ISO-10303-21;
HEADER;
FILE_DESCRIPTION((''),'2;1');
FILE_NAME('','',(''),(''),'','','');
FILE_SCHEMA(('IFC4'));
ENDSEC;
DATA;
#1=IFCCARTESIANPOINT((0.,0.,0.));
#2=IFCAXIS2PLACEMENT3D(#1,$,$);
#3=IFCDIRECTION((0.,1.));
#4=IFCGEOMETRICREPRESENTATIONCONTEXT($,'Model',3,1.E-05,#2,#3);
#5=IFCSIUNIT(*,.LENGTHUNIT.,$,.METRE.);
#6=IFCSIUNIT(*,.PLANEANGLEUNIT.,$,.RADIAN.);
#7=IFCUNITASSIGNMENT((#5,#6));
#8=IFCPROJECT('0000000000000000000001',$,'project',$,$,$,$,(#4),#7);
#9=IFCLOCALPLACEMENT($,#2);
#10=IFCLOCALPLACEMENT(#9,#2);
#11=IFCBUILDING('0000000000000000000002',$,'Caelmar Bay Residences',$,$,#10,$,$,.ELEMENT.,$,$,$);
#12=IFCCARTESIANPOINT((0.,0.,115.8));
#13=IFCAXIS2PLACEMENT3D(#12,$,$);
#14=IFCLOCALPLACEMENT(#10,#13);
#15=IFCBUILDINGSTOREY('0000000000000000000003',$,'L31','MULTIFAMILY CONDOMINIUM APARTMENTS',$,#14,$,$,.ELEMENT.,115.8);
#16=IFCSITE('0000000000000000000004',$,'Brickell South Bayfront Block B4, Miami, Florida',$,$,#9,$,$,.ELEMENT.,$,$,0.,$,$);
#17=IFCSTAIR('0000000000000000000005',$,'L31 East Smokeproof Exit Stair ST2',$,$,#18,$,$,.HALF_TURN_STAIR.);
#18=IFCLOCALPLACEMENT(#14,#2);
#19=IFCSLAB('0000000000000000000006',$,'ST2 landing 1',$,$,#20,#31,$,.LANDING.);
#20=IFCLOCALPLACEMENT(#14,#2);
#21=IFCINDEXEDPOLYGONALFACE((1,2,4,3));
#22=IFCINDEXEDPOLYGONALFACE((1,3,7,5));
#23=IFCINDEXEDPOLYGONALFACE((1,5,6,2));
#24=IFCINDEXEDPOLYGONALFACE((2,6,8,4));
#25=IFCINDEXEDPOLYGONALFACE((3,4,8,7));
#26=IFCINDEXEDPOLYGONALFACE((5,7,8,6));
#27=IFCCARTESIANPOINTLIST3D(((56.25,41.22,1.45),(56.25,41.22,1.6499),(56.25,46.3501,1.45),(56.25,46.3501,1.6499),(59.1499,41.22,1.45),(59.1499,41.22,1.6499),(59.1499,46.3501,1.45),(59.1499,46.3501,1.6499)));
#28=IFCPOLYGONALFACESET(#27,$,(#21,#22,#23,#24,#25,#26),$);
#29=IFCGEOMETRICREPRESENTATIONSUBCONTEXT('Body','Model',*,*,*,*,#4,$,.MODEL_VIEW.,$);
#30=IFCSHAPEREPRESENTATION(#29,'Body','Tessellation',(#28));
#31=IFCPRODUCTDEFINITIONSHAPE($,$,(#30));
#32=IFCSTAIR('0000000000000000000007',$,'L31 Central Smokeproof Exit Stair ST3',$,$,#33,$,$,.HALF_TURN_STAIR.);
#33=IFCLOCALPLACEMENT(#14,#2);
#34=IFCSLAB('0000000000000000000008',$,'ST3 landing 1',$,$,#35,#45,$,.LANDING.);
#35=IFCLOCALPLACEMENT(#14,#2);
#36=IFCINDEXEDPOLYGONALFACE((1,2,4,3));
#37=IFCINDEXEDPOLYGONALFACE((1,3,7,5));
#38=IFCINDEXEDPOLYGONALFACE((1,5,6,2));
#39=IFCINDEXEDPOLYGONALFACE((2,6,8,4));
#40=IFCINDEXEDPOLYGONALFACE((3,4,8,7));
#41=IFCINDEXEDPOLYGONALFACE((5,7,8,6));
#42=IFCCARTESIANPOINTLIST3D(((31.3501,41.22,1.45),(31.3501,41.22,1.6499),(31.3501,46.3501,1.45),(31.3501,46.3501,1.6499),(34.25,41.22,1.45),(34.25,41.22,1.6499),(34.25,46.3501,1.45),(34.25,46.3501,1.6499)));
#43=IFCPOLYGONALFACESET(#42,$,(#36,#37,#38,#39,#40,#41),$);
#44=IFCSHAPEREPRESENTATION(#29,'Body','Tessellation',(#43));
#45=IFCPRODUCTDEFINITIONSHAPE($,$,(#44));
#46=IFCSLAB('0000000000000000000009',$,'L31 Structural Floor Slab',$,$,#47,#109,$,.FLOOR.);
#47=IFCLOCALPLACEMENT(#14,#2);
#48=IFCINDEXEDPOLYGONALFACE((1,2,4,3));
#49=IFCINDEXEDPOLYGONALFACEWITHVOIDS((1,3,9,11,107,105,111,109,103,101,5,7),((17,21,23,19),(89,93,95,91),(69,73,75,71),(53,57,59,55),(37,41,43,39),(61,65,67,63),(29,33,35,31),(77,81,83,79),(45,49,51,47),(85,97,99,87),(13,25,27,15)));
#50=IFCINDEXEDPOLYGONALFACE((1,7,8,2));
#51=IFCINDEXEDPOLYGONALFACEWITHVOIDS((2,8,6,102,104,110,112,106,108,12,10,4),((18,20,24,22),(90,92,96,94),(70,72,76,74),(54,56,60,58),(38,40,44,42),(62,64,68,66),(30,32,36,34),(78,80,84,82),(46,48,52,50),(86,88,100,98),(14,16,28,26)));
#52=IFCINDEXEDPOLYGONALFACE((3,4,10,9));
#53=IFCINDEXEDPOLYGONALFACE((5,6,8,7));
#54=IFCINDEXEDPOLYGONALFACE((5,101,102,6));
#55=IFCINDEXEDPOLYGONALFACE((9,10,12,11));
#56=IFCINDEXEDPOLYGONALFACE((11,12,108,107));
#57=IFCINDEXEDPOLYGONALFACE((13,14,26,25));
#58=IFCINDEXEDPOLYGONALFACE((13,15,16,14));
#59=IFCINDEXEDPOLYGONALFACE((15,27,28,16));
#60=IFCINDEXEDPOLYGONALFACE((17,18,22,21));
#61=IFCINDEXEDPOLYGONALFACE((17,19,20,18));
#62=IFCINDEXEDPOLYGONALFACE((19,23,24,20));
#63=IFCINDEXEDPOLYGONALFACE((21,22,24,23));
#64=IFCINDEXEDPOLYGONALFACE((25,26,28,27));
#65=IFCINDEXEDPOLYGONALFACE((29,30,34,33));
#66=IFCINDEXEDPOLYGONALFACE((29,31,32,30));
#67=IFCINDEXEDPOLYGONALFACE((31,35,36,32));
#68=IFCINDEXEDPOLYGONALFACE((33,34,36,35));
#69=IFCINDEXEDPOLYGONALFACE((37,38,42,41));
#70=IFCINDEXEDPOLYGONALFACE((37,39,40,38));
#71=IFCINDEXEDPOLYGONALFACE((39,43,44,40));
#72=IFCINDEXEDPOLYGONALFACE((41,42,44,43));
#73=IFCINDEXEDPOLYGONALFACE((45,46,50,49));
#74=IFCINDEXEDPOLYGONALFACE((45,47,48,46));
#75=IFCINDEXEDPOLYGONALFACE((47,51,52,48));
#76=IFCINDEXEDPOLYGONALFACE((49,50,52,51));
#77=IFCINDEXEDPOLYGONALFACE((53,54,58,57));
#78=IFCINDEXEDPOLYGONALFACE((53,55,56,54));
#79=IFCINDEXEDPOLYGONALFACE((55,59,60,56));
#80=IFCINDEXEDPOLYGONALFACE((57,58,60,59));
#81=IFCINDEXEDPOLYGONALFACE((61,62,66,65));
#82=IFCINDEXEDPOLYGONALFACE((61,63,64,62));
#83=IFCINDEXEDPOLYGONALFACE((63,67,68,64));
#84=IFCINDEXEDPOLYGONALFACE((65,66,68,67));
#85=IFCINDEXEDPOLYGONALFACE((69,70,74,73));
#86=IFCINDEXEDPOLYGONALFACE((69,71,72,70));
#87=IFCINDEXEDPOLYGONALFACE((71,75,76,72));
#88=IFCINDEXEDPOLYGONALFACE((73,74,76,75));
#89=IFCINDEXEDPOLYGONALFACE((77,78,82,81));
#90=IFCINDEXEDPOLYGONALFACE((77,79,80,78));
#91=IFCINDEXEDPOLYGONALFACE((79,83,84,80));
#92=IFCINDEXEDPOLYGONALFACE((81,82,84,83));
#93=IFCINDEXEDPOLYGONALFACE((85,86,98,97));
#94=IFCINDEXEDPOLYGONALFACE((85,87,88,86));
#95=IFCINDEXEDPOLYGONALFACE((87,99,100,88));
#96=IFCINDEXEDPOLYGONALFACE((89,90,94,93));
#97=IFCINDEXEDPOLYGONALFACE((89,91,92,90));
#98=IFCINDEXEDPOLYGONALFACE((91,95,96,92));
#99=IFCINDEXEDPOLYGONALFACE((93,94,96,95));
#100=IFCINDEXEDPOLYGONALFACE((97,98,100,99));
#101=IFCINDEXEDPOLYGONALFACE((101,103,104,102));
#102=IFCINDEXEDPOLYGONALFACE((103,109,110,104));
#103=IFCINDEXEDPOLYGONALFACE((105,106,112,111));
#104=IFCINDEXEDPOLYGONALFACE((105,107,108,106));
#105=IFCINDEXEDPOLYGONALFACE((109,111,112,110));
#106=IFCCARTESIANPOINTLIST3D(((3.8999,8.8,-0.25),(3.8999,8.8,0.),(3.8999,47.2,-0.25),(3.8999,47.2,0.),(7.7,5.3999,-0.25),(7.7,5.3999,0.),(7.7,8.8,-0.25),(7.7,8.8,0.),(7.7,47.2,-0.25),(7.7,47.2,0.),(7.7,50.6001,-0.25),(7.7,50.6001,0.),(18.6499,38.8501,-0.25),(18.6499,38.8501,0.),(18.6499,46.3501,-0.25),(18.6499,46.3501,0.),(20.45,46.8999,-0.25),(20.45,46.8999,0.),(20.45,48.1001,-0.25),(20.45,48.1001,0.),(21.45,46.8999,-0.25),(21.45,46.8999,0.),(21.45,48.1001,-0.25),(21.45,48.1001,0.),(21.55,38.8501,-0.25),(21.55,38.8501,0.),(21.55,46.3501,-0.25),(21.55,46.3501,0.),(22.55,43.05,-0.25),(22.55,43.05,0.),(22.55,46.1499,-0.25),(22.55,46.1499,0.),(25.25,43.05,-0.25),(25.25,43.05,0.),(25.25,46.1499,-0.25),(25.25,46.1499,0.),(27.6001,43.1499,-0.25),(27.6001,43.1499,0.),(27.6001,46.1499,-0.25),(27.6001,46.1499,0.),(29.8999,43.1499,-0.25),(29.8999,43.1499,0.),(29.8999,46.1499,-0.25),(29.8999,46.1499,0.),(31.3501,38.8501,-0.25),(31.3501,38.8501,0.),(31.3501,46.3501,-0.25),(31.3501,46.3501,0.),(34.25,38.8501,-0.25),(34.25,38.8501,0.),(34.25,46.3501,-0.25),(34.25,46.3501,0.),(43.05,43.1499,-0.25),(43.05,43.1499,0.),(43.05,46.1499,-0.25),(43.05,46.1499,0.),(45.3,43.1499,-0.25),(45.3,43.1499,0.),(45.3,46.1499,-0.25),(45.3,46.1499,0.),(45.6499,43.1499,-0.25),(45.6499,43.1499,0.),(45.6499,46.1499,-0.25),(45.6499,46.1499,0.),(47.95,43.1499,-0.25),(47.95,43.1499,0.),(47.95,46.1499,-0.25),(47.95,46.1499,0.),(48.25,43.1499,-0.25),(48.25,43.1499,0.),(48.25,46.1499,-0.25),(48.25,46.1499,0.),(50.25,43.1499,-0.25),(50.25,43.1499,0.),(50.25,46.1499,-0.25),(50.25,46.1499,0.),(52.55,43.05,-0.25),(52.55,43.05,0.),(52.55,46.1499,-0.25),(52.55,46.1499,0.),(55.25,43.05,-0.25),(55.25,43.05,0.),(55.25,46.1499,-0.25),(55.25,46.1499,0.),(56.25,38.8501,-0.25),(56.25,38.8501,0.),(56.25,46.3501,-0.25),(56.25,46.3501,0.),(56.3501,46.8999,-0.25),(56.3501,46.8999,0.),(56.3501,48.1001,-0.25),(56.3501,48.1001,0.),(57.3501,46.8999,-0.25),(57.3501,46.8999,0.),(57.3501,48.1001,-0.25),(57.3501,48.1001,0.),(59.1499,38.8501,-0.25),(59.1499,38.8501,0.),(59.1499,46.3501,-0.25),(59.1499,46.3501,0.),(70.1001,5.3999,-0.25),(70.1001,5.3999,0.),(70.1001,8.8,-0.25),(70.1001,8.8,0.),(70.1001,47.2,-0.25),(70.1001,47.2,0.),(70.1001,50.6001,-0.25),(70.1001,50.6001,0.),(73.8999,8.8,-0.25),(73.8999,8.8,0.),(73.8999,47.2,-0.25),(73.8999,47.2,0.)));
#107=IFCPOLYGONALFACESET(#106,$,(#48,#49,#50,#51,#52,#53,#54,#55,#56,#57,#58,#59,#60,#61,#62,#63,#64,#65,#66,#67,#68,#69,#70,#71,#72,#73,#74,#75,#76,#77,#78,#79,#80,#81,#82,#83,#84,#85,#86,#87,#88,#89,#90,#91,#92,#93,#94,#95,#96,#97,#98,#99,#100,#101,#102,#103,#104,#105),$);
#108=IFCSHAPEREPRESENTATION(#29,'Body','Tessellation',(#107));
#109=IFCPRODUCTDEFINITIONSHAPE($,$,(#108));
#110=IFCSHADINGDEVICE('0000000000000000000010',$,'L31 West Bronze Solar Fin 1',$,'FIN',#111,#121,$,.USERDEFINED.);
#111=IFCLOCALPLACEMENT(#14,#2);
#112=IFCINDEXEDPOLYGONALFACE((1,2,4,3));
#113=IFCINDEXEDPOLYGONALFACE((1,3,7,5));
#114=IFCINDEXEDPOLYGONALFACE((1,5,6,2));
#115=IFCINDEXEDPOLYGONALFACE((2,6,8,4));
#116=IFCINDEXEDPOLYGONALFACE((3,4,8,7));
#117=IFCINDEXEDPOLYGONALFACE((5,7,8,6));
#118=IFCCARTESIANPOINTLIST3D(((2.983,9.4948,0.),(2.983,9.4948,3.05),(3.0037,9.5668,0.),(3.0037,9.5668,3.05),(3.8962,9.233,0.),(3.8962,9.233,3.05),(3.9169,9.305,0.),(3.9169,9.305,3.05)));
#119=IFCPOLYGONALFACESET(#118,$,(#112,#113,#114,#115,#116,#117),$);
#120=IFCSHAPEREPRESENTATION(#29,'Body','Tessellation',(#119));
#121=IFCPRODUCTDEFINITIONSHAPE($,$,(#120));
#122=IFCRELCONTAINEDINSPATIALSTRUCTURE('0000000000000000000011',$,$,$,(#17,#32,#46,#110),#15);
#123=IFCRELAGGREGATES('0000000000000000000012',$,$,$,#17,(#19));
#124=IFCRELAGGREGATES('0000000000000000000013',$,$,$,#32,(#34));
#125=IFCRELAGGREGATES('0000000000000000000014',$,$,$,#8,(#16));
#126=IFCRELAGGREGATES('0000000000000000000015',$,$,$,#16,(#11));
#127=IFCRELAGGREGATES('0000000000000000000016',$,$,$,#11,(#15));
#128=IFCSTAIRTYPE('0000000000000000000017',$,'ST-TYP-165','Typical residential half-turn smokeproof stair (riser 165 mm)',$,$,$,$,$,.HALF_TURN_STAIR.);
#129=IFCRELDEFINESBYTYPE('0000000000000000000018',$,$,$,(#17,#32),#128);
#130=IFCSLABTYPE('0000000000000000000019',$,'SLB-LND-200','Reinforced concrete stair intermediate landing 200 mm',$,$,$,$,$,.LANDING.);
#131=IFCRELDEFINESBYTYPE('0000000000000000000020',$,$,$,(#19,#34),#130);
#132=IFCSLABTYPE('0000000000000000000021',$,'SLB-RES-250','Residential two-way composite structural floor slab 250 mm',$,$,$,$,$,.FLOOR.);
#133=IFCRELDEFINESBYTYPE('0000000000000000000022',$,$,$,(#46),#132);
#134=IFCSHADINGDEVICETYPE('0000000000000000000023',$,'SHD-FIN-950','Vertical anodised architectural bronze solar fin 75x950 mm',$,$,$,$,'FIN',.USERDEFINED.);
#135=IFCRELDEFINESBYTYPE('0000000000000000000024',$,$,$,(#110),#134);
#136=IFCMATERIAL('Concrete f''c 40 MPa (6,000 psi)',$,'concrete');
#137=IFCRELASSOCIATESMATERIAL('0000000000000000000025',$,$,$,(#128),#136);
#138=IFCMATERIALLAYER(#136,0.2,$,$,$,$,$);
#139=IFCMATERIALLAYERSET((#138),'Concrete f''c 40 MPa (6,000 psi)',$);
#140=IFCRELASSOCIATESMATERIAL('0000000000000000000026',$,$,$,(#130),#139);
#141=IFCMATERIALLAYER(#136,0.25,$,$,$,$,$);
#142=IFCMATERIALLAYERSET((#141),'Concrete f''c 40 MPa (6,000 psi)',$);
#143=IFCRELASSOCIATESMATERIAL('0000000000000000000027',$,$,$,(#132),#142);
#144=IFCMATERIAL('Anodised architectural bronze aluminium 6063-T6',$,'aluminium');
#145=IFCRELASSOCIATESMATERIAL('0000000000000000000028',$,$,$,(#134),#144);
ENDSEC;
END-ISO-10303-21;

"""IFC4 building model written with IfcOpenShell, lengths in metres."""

from ifc_helpers import new_model, si_unit, direction, frame, origin, origin_2d, place, context, subcontext, project, spatial, polyline, rectangle, outline, extrude, material, layer, layer_set, material_profile, profile_set, type_object, element, aggregate, save


model = new_model("IFC4")

# Units and contexts
model_context = context("Model", 3, precision=1e-05, world=origin(), true_north=direction((0.0, 1.0)))
body_context = subcontext(model_context, "Body", "Model", "MODEL_VIEW")
ifc_project = project(units=[si_unit("LENGTHUNIT", "METRE"), si_unit("PLANEANGLEUNIT", "RADIAN")], contexts=[model_context])

# Site, building, storey
site_placement = place(None, origin())
site = spatial("IfcSite", under=ifc_project, at=site_placement, Name="Brickell South Bayfront Block B4, Miami, Florida", CompositionType="ELEMENT", RefElevation=0.0)
building_placement = place(site_placement, origin())
building = spatial("IfcBuilding", under=site, at=building_placement, Name="Caelmar Bay Residences", CompositionType="ELEMENT")
storey_placement = place(building_placement, frame((0.0, 0.0, 115.8)))
storey = spatial("IfcBuildingStorey", under=building, at=storey_placement, Name="L31", Description="MULTIFAMILY CONDOMINIUM APARTMENTS", CompositionType="ELEMENT", Elevation=115.8)

# Shared definitions
ifc_material_1 = material(Name="Concrete f'c 40 MPa (6,000 psi)", Category="concrete")

# Stairs, slabs
stair_type = type_object("IfcStairType", Name="ST-TYP-165", Description="Typical residential half-turn smokeproof stair (riser 165 mm)", PredefinedType="HALF_TURN_STAIR", material=ifc_material_1)
ifc_layer_1 = layer(ifc_material_1, 0.2)
ifc_layer_set_1 = layer_set([ifc_layer_1], Name="Concrete f'c 40 MPa (6,000 psi)")
slab_type_1 = type_object("IfcSlabType", Name="SLB-LND-200", Description="Reinforced concrete stair intermediate landing 200 mm", PredefinedType="LANDING", material=ifc_layer_set_1)
stair_1_placement = place(storey_placement, origin())
stair_1 = element("IfcStair", 1, at=stair_1_placement, inside=storey, type_object=stair_type, Name="L31 East Smokeproof Exit Stair ST2", PredefinedType="HALF_TURN_STAIR")
slab_1_placement = place(storey_placement, frame((0.0, 0.0, 1.45)))
slab_1 = element("IfcSlab", 2, at=slab_1_placement, type_object=slab_type_1, Name="ST2 landing 1", PredefinedType="LANDING", context=body_context, shape_type="SweptSolid", body=[
    extrude(outline(polyline([(59.1499, 41.22), (59.1499, 46.3501), (56.25, 46.3501), (56.25, 41.22), (59.1499, 41.22)])), origin(), (0.0, 0.0, 1.0), 0.2),
])
aggregate(stair_1, [slab_1])
stair_2_placement = place(storey_placement, origin())
stair_2 = element("IfcStair", 3, at=stair_2_placement, inside=storey, type_object=stair_type, Name="L31 Central Smokeproof Exit Stair ST3", PredefinedType="HALF_TURN_STAIR")
slab_2_placement = place(storey_placement, frame((0.0, 0.0, 1.45)))
slab_2 = element("IfcSlab", 4, at=slab_2_placement, type_object=slab_type_1, Name="ST3 landing 1", PredefinedType="LANDING", context=body_context, shape_type="SweptSolid", body=[
    extrude(outline(polyline([(34.25, 41.22), (34.25, 46.3501), (31.3501, 46.3501), (31.3501, 41.22), (34.25, 41.22)])), origin(), (0.0, 0.0, 1.0), 0.2),
])
aggregate(stair_2, [slab_2])

# Slab
ifc_layer_2 = layer(ifc_material_1, 0.25)
ifc_layer_set_2 = layer_set([ifc_layer_2], Name="Concrete f'c 40 MPa (6,000 psi)")
slab_type_2 = type_object("IfcSlabType", Name="SLB-RES-250", Description="Residential two-way composite structural floor slab 250 mm", PredefinedType="FLOOR", material=ifc_layer_set_2)
slab_3_placement = place(storey_placement, frame((0.0, 0.0, -0.25)))
element("IfcSlab", 5, at=slab_3_placement, inside=storey, type_object=slab_type_2, Name="L31 Structural Floor Slab", PredefinedType="FLOOR", context=body_context, shape_type="SweptSolid", body=[
    extrude(outline(polyline([(7.7, 5.3999), (70.1001, 5.3999), (70.1001, 8.8), (73.8999, 8.8), (73.8999, 47.2), (70.1001, 47.2), (70.1001, 50.6001), (7.7, 50.6001), (7.7, 47.2), (3.8999, 47.2), (3.8999, 8.8), (7.7, 8.8), (7.7, 5.3999)]), holes=[polyline([(18.6499, 38.8501), (21.55, 38.8501), (21.55, 46.3501), (18.6499, 46.3501), (18.6499, 38.8501)]), polyline([(56.25, 38.8501), (59.1499, 38.8501), (59.1499, 46.3501), (56.25, 46.3501), (56.25, 38.8501)]), polyline([(31.3501, 38.8501), (34.25, 38.8501), (34.25, 46.3501), (31.3501, 46.3501), (31.3501, 38.8501)]), polyline([(22.55, 43.05), (25.25, 43.05), (25.25, 46.1499), (22.55, 46.1499), (22.55, 43.05)]), polyline([(52.55, 43.05), (55.25, 43.05), (55.25, 46.1499), (52.55, 46.1499), (52.55, 43.05)]), polyline([(43.05, 43.1499), (45.3, 43.1499), (45.3, 46.1499), (43.05, 46.1499), (43.05, 43.1499)]), polyline([(45.6499, 43.1499), (47.95, 43.1499), (47.95, 46.1499), (45.6499, 46.1499), (45.6499, 43.1499)]), polyline([(48.25, 43.1499), (50.25, 43.1499), (50.25, 46.1499), (48.25, 46.1499), (48.25, 43.1499)]), polyline([(27.6001, 43.1499), (29.8999, 43.1499), (29.8999, 46.1499), (27.6001, 46.1499), (27.6001, 43.1499)]), polyline([(20.45, 46.8999), (21.45, 46.8999), (21.45, 48.1001), (20.45, 48.1001), (20.45, 46.8999)]), polyline([(56.3501, 46.8999), (57.3501, 46.8999), (57.3501, 48.1001), (56.3501, 48.1001), (56.3501, 46.8999)])]), origin(), (0.0, 0.0, 1.0), 0.25),
])

# Shading device
ifc_material_2 = material(Name="Anodised architectural bronze aluminium 6063-T6", Category="aluminium")
ifc_material_profile_1 = material_profile(ifc_material_2, rectangle(XDim=0.075, YDim=0.95, at=origin_2d()), Name="BRONZE-FIN-75X950")
ifc_profile_set_1 = profile_set([ifc_material_profile_1], Name="Anodised architectural bronze aluminium 6063-T6")
shading_device_type = type_object("IfcShadingDeviceType", Name="SHD-FIN-950", Description="Vertical anodised architectural bronze solar fin 75x950 mm", ElementType="FIN", PredefinedType="USERDEFINED", material=ifc_profile_set_1)
shading_device_placement = place(storey_placement, frame((3.45, 9.3999, 0.0), z_axis=(0.0, 0.0, 1.0), x_axis=(0.275637, 0.961262, 0.0)))
element("IfcShadingDevice", 6, at=shading_device_placement, inside=storey, type_object=shading_device_type, Name="L31 West Bronze Solar Fin 1", ObjectType="FIN", PredefinedType="USERDEFINED", context=body_context, shape_type="SweptSolid", body=[
    extrude(rectangle(XDim=0.075, YDim=0.95, at=origin_2d()), origin(), (0.0, 0.0, 1.0), 3.05),
])

save(model, "model.ifc")
